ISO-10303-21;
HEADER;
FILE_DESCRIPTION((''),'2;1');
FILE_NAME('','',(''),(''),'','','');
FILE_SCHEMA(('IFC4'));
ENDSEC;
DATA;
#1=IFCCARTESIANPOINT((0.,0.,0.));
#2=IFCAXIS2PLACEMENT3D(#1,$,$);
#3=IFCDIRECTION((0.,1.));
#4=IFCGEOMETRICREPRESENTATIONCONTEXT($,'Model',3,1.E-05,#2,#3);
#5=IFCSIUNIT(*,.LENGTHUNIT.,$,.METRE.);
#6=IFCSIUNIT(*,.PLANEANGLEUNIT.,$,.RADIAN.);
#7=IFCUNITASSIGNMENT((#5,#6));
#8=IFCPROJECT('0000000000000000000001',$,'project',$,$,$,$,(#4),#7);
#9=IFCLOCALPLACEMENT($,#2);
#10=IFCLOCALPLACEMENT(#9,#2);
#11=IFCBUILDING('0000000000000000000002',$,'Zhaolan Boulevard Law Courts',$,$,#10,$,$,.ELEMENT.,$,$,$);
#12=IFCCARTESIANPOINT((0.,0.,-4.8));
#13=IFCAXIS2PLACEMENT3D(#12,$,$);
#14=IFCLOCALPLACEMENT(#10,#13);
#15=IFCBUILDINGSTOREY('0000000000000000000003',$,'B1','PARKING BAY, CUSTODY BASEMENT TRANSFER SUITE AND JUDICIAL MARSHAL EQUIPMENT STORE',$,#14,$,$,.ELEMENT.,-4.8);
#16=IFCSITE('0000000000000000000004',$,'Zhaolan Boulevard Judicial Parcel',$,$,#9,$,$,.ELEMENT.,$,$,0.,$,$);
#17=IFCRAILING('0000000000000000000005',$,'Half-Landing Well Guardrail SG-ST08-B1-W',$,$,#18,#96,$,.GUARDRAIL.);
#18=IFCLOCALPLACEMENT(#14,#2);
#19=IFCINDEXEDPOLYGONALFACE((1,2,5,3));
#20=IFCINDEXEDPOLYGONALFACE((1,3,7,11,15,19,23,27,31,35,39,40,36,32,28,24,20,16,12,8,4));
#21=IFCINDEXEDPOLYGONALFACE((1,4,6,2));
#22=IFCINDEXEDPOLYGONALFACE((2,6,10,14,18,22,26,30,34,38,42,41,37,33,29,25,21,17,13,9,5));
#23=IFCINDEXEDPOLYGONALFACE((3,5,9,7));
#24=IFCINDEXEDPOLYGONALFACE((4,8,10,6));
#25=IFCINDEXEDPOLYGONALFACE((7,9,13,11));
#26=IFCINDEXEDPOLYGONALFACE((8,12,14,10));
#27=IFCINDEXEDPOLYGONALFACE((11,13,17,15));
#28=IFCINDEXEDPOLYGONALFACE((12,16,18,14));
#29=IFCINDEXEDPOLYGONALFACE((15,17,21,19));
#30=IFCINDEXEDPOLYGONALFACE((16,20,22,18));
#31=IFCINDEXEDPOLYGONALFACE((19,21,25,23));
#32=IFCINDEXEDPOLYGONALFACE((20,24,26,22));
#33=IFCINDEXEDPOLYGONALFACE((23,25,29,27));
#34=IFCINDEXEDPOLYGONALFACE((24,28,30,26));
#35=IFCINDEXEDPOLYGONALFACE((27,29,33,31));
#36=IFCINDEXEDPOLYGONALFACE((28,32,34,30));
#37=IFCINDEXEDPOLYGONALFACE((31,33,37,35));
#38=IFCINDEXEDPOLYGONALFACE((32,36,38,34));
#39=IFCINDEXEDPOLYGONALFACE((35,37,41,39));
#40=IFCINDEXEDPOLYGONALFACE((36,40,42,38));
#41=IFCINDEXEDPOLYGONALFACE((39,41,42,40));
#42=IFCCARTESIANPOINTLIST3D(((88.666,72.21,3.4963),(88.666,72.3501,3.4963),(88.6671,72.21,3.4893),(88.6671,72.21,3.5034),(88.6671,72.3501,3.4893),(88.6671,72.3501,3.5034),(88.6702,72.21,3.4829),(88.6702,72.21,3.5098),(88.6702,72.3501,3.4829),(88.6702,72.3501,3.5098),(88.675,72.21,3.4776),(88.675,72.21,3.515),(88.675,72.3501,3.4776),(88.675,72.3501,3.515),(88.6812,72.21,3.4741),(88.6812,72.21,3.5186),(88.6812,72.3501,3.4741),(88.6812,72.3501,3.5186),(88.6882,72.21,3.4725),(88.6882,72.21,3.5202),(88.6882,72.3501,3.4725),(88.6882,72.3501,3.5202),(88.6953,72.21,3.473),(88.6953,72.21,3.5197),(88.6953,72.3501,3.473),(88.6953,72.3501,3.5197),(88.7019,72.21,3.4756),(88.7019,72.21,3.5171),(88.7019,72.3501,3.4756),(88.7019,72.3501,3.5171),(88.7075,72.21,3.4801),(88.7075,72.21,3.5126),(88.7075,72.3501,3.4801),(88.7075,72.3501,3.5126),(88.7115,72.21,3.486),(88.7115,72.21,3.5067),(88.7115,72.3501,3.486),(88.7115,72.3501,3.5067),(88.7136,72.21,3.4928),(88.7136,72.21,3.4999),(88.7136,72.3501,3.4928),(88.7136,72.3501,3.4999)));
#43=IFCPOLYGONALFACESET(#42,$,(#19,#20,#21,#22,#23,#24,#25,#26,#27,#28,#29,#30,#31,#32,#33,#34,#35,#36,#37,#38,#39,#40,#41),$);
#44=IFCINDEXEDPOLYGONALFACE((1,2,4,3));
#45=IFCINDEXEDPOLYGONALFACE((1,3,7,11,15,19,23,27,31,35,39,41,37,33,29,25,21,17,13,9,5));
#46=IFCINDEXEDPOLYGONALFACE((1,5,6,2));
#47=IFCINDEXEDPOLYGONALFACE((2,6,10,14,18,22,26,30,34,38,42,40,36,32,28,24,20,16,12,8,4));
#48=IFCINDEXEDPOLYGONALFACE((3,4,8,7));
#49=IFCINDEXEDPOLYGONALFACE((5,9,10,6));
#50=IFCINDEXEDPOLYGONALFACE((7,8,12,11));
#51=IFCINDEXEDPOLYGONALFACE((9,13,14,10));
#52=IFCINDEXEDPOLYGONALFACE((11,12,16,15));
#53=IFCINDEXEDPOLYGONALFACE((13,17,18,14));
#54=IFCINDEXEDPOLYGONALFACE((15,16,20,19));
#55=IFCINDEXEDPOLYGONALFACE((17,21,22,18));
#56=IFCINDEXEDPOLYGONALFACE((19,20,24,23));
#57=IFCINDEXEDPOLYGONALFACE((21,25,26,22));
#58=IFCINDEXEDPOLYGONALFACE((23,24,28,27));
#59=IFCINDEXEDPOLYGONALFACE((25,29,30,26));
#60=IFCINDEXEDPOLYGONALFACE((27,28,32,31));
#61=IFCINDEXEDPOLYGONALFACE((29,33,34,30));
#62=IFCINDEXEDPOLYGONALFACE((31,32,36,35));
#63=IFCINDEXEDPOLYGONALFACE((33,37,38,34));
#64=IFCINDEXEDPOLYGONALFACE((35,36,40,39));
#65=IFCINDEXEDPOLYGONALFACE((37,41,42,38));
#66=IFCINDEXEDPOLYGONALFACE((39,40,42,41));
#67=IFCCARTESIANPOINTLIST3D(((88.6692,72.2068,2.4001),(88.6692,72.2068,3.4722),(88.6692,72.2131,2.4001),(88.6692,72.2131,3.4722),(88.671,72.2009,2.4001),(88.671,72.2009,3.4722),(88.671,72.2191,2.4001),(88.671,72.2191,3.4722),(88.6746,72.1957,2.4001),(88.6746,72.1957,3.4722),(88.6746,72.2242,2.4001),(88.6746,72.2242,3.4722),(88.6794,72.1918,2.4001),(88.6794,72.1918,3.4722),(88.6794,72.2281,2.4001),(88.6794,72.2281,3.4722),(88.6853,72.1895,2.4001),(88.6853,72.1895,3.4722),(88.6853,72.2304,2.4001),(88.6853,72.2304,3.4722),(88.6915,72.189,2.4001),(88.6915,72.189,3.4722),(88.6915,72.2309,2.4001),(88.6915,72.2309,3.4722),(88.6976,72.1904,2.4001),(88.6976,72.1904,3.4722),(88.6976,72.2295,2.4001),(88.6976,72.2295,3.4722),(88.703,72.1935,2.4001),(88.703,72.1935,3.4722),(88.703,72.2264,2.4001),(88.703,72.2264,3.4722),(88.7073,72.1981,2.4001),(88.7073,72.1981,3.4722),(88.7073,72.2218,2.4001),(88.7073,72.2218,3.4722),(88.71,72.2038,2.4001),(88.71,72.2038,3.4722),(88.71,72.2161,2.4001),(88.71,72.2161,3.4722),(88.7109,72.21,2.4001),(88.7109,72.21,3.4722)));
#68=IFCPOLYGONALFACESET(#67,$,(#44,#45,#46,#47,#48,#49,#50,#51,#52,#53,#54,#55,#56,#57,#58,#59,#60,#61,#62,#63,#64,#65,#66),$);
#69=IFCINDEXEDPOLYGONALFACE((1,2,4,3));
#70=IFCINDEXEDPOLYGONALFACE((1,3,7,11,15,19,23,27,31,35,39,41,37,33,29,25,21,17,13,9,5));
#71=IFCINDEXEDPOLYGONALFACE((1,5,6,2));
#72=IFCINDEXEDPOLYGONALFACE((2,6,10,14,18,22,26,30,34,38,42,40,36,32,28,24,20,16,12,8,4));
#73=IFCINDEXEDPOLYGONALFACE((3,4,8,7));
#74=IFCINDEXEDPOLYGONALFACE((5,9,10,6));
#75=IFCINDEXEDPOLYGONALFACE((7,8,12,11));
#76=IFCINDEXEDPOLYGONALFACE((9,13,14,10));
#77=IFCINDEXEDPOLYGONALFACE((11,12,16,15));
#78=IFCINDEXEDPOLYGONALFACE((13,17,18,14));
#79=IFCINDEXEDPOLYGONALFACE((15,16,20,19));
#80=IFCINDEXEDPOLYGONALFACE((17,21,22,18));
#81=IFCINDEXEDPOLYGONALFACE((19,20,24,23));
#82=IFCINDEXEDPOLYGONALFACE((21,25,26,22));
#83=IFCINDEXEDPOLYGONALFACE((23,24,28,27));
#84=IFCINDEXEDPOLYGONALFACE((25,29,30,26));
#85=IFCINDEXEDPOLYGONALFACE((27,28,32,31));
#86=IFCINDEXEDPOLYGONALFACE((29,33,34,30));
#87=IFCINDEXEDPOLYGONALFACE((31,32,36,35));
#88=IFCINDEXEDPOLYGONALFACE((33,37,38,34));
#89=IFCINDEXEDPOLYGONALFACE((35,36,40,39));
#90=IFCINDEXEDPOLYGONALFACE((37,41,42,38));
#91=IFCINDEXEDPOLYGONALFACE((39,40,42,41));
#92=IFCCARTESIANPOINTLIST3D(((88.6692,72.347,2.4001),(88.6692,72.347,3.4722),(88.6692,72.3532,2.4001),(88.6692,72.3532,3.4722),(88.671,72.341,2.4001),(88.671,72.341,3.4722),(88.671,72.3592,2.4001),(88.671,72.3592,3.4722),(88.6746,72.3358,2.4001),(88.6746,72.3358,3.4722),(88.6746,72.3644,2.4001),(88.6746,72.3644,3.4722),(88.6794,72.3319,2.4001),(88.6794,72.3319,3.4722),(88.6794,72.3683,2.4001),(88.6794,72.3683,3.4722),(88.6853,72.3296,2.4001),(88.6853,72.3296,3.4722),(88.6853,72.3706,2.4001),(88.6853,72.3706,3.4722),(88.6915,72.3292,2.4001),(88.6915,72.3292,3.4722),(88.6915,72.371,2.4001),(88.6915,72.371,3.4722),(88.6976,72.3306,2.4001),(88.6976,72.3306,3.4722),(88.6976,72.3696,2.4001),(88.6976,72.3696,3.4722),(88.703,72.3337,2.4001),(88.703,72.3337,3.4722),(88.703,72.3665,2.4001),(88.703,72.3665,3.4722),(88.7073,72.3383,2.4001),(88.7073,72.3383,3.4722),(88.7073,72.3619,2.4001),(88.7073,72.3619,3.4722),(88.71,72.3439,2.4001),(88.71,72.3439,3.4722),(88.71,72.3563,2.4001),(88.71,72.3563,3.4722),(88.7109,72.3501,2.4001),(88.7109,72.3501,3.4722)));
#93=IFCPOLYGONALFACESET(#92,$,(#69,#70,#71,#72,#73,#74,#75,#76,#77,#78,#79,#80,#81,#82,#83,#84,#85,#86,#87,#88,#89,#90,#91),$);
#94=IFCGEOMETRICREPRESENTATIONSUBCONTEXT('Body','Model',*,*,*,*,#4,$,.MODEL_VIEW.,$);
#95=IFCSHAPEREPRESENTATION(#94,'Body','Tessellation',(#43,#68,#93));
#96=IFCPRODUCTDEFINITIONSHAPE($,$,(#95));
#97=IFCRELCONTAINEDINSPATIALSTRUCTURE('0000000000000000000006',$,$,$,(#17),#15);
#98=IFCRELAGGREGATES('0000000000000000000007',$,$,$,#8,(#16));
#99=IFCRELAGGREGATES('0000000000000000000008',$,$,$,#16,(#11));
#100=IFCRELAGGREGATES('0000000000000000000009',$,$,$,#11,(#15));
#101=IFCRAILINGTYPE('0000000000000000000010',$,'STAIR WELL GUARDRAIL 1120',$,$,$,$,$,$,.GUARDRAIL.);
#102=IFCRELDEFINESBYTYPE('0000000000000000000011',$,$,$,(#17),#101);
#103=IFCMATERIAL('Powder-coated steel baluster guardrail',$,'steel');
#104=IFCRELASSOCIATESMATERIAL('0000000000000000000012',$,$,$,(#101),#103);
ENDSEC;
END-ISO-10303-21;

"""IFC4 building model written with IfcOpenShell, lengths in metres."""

from ifc_helpers import new_model, si_unit, direction, frame, origin, origin_2d, place, context, subcontext, project, spatial, circle, extrude, material, type_object, element, save


model = new_model("IFC4")

# Units and contexts
model_context = context("Model", 3, precision=1e-05, world=origin(), true_north=direction((0.0, 1.0)))
body_context = subcontext(model_context, "Body", "Model", "MODEL_VIEW")
ifc_project = project(units=[si_unit("LENGTHUNIT", "METRE"), si_unit("PLANEANGLEUNIT", "RADIAN")], contexts=[model_context])

# Site, building, storey
site_placement = place(None, origin())
site = spatial("IfcSite", under=ifc_project, at=site_placement, Name="Zhaolan Boulevard Judicial Parcel", CompositionType="ELEMENT", RefElevation=0.0)
building_placement = place(site_placement, origin())
building = spatial("IfcBuilding", under=site, at=building_placement, Name="Zhaolan Boulevard Law Courts", CompositionType="ELEMENT")
storey_placement = place(building_placement, frame((0.0, 0.0, -4.8)))
storey = spatial("IfcBuildingStorey", under=building, at=storey_placement, Name="B1", Description="PARKING BAY, CUSTODY BASEMENT TRANSFER SUITE AND JUDICIAL MARSHAL EQUIPMENT STORE", CompositionType="ELEMENT", Elevation=-4.8)

# Railing
ifc_material_1 = material(Name="Powder-coated steel baluster guardrail", Category="steel")
railing_type_1 = type_object("IfcRailingType", Name="STAIR WELL GUARDRAIL 1120", PredefinedType="GUARDRAIL", material=ifc_material_1)
railing_1_placement = place(storey_placement, frame((88.6899, 72.21, 2.4001)))
element("IfcRailing", 1, at=railing_1_placement, inside=storey, type_object=railing_type_1, Name="Half-Landing Well Guardrail SG-ST08-B1-W", PredefinedType="GUARDRAIL", context=body_context, shape_type="SweptSolid", body=[
    extrude(circle(Radius=0.0239, at=origin_2d()), frame((0.0, 0.0, 1.0962), z_axis=(0.0, 1.0, 0.0), x_axis=(-1.0, 0.0, 0.0)), (0.0, 0.0, 1.0), 0.1401),
    extrude(circle(Radius=0.021, at=origin_2d()), origin(), (0.0, 0.0, 1.0), 1.072),
    extrude(circle(Radius=0.021, at=origin_2d()), frame((0.0, 0.1401, 0.0)), (0.0, 0.0, 1.0), 1.072),
])

save(model, "model.ifc")
